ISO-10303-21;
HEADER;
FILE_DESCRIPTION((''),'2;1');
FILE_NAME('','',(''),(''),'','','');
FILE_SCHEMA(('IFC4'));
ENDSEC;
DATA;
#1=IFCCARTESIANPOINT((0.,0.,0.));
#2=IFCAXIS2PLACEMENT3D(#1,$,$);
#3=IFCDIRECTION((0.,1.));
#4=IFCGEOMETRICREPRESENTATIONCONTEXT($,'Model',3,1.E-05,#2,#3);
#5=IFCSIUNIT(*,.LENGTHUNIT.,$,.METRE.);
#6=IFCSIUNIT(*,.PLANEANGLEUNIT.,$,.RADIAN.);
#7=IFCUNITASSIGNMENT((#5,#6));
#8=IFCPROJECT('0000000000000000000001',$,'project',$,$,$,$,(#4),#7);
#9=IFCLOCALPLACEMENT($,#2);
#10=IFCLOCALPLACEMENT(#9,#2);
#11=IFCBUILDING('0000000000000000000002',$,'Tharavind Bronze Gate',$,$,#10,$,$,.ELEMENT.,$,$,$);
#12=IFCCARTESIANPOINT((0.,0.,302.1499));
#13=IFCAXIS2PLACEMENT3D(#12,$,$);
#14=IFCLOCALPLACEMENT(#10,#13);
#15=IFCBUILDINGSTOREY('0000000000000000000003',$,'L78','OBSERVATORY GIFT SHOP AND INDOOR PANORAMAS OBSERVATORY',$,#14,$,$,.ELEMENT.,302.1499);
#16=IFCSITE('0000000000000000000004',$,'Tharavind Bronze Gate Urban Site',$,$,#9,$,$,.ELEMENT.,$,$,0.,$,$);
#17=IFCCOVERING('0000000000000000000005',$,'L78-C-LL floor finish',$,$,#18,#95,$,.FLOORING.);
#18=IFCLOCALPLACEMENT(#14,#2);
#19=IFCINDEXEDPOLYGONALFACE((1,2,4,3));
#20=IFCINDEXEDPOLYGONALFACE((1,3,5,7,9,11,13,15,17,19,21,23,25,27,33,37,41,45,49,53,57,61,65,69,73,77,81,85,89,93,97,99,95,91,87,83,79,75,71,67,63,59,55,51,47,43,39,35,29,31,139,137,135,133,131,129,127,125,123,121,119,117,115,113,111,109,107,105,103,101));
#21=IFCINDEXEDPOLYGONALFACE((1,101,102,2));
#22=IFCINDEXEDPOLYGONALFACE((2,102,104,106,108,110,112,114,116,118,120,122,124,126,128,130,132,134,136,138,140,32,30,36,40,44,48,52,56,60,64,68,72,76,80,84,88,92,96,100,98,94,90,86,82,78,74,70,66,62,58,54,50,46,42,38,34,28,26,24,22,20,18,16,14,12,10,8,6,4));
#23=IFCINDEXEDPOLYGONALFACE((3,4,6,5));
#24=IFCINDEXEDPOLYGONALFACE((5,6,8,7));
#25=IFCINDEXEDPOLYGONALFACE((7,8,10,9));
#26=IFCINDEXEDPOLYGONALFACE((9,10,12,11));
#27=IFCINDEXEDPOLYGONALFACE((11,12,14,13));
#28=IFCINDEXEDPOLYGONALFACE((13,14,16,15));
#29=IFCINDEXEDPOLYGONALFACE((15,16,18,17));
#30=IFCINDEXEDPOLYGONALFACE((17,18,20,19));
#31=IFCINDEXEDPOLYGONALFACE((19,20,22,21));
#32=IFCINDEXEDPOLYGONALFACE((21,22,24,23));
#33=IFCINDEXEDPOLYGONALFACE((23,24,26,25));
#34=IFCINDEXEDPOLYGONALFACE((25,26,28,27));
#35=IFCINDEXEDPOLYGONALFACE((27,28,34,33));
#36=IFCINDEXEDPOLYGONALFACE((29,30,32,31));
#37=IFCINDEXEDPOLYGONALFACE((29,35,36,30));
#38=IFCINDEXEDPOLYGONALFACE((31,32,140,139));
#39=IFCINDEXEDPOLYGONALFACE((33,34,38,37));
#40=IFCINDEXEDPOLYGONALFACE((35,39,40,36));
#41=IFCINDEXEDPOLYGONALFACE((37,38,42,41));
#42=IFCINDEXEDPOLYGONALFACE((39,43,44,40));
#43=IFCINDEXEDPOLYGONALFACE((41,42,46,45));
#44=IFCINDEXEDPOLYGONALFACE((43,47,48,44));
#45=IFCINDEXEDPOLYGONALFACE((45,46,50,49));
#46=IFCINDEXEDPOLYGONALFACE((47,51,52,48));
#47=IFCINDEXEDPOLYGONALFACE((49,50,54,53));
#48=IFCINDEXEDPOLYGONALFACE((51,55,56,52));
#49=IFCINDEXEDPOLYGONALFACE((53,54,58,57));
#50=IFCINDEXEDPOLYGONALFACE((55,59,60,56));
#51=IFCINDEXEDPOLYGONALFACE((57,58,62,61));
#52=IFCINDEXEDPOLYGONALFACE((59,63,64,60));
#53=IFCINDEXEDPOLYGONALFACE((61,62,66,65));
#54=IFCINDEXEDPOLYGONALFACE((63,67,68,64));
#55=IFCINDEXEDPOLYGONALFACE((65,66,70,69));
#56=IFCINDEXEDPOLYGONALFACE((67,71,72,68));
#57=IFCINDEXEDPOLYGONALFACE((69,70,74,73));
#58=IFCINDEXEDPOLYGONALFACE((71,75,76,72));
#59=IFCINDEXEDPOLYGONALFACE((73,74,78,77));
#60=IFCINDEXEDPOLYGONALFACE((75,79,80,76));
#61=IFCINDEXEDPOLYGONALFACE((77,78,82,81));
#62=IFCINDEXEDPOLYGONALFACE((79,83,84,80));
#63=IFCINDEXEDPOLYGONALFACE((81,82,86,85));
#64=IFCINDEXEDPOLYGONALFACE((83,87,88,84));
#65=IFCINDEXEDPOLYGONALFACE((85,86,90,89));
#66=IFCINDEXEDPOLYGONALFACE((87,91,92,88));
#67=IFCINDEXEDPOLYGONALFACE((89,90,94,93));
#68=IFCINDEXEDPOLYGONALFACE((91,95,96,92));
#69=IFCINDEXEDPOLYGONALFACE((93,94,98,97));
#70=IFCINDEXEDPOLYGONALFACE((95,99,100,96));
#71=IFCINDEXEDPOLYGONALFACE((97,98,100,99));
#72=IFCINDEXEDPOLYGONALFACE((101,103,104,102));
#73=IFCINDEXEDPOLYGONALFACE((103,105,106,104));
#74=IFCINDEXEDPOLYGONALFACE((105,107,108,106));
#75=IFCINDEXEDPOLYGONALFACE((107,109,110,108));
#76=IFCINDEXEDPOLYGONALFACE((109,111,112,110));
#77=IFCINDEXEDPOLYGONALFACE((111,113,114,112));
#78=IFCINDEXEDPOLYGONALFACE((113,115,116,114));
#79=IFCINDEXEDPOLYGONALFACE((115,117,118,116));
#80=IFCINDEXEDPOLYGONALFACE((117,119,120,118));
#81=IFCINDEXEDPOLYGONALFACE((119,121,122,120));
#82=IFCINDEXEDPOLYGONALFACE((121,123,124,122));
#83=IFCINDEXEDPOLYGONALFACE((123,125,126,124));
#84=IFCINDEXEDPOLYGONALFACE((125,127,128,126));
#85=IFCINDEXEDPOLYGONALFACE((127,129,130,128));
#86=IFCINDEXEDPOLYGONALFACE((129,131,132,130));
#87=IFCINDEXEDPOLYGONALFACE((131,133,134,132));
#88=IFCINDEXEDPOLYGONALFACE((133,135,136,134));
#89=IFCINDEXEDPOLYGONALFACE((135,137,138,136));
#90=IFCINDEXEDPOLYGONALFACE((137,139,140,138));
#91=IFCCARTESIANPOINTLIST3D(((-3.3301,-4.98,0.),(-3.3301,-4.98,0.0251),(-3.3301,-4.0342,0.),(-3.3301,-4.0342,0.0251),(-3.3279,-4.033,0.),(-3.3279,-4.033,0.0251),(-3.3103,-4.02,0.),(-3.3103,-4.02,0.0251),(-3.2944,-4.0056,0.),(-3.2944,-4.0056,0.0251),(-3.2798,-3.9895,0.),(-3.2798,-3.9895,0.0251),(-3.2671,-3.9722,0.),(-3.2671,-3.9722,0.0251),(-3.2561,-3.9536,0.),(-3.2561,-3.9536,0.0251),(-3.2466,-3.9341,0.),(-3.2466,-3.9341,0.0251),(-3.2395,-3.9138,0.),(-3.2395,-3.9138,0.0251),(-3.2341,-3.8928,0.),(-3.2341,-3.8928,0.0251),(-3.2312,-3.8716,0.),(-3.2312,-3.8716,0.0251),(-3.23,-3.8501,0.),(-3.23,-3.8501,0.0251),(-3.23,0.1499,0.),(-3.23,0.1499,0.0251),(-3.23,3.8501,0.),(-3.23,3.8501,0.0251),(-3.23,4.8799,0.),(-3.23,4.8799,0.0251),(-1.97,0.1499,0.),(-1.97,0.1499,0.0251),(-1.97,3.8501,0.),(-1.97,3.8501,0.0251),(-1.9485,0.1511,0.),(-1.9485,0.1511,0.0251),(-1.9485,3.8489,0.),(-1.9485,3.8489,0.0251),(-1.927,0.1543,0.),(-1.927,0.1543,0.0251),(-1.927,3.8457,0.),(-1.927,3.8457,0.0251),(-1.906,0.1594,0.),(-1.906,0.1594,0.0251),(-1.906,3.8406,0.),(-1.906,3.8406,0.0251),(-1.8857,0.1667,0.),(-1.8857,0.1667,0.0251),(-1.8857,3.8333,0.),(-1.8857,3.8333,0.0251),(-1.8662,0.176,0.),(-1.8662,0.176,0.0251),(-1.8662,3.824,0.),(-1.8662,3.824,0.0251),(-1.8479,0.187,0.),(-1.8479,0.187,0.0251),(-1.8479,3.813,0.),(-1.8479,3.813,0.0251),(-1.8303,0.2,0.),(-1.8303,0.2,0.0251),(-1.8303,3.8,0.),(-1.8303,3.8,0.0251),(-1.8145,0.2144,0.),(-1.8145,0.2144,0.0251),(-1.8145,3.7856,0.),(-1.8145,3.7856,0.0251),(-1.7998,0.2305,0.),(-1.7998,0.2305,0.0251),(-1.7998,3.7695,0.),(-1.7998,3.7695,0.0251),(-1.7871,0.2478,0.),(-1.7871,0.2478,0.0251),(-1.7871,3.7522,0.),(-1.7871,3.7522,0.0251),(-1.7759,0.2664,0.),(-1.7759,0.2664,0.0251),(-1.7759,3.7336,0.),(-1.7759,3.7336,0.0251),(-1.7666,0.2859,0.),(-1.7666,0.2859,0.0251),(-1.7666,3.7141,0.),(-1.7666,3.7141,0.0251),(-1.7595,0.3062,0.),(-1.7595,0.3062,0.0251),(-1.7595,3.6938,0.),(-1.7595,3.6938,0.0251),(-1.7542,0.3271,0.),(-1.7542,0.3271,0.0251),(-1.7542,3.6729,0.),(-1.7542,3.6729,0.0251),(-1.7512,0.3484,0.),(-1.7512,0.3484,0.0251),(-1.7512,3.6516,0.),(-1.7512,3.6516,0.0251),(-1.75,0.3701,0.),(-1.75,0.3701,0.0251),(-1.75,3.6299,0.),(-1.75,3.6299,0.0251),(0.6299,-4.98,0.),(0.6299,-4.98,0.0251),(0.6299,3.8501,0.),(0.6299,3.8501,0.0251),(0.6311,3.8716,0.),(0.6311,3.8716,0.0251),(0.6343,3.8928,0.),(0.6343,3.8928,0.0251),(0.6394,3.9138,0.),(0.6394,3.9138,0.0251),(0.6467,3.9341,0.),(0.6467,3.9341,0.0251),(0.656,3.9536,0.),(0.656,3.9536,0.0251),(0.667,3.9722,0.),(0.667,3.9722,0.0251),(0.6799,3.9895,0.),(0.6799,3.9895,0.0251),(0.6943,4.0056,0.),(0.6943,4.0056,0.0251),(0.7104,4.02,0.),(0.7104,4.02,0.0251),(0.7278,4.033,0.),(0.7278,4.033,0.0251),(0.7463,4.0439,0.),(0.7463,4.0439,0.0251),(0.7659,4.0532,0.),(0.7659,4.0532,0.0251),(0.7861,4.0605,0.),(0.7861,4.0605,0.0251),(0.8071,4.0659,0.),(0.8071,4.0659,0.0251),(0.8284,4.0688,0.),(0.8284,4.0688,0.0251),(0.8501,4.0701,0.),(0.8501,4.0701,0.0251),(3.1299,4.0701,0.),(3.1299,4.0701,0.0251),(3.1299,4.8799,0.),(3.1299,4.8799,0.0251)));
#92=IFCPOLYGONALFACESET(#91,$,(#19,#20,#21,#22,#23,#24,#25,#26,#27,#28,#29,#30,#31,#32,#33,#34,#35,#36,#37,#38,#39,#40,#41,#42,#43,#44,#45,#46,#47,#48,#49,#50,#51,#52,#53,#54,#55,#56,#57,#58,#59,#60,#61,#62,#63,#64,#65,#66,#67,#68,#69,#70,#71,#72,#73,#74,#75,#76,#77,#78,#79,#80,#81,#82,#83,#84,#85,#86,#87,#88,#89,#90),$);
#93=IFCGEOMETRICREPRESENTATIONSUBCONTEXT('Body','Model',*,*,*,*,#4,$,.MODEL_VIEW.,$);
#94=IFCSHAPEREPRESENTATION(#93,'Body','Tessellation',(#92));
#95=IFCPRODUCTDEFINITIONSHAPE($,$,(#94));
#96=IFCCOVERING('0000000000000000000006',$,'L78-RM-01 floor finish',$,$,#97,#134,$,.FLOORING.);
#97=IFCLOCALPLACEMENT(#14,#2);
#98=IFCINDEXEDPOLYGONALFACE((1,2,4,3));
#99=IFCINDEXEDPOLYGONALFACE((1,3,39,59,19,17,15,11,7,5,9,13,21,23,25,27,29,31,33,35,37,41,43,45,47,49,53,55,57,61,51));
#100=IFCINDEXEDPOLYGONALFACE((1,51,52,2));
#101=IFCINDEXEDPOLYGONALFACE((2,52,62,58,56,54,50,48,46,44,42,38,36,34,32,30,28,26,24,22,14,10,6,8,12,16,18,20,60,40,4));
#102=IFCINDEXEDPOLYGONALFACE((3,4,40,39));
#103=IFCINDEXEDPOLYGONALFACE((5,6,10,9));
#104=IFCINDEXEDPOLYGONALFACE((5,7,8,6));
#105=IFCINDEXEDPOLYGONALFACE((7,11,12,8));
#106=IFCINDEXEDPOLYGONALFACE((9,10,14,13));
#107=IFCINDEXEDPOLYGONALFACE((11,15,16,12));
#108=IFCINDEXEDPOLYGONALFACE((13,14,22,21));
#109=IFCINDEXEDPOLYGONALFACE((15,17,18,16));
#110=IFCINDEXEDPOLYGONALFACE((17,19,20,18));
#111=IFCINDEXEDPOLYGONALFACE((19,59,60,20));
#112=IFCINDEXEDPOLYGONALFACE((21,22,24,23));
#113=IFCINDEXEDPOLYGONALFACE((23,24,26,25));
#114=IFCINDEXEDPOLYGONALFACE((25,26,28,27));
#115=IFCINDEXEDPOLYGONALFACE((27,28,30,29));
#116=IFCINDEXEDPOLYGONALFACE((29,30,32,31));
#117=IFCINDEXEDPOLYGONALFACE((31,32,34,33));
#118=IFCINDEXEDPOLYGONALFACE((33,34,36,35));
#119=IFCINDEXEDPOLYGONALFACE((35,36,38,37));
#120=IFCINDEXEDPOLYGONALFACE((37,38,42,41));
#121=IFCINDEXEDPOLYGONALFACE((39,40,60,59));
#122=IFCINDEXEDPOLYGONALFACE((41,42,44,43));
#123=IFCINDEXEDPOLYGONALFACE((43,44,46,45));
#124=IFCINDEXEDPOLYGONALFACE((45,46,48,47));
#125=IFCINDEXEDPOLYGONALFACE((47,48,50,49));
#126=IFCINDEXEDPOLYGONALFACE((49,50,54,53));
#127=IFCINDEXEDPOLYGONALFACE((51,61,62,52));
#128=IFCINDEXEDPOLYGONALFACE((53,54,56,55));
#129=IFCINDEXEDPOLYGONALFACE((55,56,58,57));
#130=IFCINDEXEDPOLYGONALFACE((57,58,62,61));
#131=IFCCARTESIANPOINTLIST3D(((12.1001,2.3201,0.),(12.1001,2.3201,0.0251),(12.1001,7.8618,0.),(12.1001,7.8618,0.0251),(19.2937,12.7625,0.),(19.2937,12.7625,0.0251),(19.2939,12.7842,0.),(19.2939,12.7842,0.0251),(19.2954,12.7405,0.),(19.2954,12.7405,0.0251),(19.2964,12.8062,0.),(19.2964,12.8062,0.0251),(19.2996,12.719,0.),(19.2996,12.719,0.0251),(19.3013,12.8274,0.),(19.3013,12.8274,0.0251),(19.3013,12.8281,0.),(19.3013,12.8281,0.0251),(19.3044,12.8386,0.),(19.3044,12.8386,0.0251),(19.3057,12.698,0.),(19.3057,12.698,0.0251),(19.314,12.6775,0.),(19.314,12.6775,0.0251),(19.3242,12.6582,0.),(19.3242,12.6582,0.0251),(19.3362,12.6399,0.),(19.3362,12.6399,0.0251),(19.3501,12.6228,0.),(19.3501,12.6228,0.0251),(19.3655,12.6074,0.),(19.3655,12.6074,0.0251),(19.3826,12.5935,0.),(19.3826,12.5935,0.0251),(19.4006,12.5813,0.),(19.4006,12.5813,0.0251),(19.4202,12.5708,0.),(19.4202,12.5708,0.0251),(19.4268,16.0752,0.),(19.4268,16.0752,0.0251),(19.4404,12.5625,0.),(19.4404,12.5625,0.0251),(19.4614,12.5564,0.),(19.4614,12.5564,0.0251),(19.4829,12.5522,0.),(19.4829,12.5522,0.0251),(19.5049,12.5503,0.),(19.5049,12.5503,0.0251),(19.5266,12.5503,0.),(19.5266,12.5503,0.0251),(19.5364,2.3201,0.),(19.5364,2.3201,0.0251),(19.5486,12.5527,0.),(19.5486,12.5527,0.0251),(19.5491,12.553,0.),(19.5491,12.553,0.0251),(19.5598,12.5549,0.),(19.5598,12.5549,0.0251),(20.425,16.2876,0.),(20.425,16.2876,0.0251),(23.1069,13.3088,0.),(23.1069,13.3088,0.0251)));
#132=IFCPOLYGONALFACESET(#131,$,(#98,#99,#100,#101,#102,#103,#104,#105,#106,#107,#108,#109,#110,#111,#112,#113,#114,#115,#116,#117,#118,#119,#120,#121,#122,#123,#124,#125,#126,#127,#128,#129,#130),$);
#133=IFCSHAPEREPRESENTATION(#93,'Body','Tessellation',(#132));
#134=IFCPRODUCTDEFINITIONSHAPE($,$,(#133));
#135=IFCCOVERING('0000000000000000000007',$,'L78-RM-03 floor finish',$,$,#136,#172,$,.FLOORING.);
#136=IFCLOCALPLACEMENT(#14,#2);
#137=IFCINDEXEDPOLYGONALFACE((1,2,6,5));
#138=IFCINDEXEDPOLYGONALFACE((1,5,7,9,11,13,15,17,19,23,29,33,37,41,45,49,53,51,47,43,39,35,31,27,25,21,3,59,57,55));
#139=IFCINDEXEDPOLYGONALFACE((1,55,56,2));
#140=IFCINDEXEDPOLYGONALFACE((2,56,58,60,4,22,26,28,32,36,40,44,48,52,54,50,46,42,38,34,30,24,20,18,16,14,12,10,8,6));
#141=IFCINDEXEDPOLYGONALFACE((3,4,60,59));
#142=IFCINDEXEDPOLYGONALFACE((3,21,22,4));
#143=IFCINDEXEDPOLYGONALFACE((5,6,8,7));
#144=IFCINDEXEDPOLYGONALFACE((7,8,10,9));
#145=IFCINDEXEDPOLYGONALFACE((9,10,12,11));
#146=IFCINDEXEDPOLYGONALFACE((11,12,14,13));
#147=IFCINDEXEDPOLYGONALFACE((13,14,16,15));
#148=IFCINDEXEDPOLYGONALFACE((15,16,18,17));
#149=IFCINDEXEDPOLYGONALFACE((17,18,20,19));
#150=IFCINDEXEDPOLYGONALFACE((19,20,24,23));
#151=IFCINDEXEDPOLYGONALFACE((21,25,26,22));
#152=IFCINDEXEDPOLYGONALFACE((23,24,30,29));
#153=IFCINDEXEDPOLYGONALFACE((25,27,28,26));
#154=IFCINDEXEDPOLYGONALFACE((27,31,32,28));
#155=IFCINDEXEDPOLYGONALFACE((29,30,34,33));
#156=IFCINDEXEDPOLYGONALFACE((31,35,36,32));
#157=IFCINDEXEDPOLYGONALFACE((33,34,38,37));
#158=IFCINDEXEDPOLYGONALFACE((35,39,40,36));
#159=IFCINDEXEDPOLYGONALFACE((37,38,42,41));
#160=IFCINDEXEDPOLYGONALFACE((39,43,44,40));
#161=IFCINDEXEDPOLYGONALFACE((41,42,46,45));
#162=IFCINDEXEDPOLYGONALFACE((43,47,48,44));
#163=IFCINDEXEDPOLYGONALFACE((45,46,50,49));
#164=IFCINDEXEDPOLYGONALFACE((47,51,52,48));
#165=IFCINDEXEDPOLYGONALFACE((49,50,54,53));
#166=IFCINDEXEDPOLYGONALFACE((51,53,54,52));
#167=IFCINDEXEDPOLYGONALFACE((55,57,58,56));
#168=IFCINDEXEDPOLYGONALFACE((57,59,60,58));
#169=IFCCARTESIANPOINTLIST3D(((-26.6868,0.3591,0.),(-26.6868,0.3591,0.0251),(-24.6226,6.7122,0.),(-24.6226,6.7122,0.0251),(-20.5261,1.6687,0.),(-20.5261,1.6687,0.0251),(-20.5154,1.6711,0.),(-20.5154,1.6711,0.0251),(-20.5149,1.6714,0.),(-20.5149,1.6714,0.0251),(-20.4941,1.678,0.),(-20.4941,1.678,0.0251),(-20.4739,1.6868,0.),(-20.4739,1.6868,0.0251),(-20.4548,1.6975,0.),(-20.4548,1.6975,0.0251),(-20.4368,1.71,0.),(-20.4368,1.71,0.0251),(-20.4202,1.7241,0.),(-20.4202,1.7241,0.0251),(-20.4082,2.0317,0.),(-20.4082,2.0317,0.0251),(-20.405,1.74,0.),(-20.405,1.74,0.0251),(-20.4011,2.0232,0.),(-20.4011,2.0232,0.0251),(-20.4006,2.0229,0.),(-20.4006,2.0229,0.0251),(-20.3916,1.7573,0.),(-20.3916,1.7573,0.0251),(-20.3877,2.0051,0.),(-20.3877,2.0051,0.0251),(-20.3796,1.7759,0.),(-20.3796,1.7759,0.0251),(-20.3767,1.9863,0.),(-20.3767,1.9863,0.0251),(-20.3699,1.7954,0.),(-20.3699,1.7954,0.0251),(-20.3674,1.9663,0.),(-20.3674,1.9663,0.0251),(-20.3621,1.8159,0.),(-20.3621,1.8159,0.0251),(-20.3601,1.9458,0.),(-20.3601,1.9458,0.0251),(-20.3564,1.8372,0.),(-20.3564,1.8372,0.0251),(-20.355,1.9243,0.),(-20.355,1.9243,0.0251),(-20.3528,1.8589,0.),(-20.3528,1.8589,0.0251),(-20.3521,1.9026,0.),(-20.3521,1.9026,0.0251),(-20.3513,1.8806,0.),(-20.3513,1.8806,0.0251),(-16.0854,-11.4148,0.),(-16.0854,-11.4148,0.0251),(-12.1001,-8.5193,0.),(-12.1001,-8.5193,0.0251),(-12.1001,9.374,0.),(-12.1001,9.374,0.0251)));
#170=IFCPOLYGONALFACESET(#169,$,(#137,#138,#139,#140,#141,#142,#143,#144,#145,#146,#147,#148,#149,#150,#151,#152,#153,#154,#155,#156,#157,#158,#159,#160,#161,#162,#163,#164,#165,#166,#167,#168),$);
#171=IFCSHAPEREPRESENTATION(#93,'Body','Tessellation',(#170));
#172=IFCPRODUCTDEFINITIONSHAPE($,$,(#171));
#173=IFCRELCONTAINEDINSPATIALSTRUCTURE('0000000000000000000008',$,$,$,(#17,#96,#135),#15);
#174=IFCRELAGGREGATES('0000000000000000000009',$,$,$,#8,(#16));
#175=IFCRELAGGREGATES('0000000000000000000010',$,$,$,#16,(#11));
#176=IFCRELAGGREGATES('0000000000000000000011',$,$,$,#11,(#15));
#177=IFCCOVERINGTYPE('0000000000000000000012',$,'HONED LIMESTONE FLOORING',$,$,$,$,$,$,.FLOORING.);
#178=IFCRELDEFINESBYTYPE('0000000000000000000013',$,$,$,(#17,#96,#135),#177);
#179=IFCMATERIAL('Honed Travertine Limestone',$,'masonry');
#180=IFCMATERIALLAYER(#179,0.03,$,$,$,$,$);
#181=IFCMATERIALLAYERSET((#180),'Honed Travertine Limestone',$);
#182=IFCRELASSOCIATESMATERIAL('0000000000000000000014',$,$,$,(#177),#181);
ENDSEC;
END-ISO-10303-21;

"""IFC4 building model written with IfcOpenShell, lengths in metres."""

from ifc_helpers import new_model, si_unit, direction, frame, origin, place, context, subcontext, project, spatial, polyline, outline, extrude, material, layer, layer_set, type_object, element, save


model = new_model("IFC4")

# Units and contexts
model_context = context("Model", 3, precision=1e-05, world=origin(), true_north=direction((0.0, 1.0)))
body_context = subcontext(model_context, "Body", "Model", "MODEL_VIEW")
ifc_project = project(units=[si_unit("LENGTHUNIT", "METRE"), si_unit("PLANEANGLEUNIT", "RADIAN")], contexts=[model_context])

# Site, building, storey
site_placement = place(None, origin())
site = spatial("IfcSite", under=ifc_project, at=site_placement, Name="Tharavind Bronze Gate Urban Site", CompositionType="ELEMENT", RefElevation=0.0)
building_placement = place(site_placement, origin())
building = spatial("IfcBuilding", under=site, at=building_placement, Name="Tharavind Bronze Gate", CompositionType="ELEMENT")
storey_placement = place(building_placement, frame((0.0, 0.0, 302.1499)))
storey = spatial("IfcBuildingStorey", under=building, at=storey_placement, Name="L78", Description="OBSERVATORY GIFT SHOP AND INDOOR PANORAMAS OBSERVATORY", CompositionType="ELEMENT", Elevation=302.1499)

# Coverings
ifc_material_1 = material(Name="Honed Travertine Limestone", Category="masonry")
ifc_layer_1 = layer(ifc_material_1, 0.03)
ifc_layer_set_1 = layer_set([ifc_layer_1], Name="Honed Travertine Limestone")
covering_type_1 = type_object("IfcCoveringType", Name="HONED LIMESTONE FLOORING", PredefinedType="FLOORING", material=ifc_layer_set_1)
covering_1_placement = place(storey_placement, origin())
element("IfcCovering", 1, at=covering_1_placement, inside=storey, type_object=covering_type_1, Name="L78-C-LL floor finish", PredefinedType="FLOORING", context=body_context, shape_type="SweptSolid", body=[
    extrude(outline(polyline([(-3.3301, -4.98), (0.6299, -4.98), (0.6299, 3.8501), (0.6311, 3.8716), (0.6343, 3.8928), (0.6394, 3.9138), (0.6467, 3.9341), (0.656, 3.9536), (0.667, 3.9722), (0.6799, 3.9895), (0.6943, 4.0056), (0.7104, 4.02), (0.7278, 4.033), (0.7463, 4.0439), (0.7659, 4.0532), (0.7861, 4.0605), (0.8071, 4.0659), (0.8284, 4.0688), (0.8501, 4.0701), (3.1299, 4.0701), (3.1299, 4.8799), (-3.23, 4.8799), (-3.23, 3.8501), (-1.97, 3.8501), (-1.9485, 3.8489), (-1.927, 3.8457), (-1.906, 3.8406), (-1.8857, 3.8333), (-1.8662, 3.824), (-1.8479, 3.813), (-1.8303, 3.8), (-1.8145, 3.7856), (-1.7998, 3.7695), (-1.7871, 3.7522), (-1.7759, 3.7336), (-1.7666, 3.7141), (-1.7595, 3.6938), (-1.7542, 3.6729), (-1.7512, 3.6516), (-1.75, 3.6299), (-1.75, 0.3701), (-1.7512, 0.3484), (-1.7542, 0.3271), (-1.7595, 0.3062), (-1.7666, 0.2859), (-1.7759, 0.2664), (-1.7871, 0.2478), (-1.7998, 0.2305), (-1.8145, 0.2144), (-1.8303, 0.2), (-1.8479, 0.187), (-1.8662, 0.176), (-1.8857, 0.1667), (-1.906, 0.1594), (-1.927, 0.1543), (-1.9485, 0.1511), (-1.97, 0.1499), (-3.23, 0.1499), (-3.23, -3.8501), (-3.2312, -3.8716), (-3.2341, -3.8928), (-3.2395, -3.9138), (-3.2466, -3.9341), (-3.2561, -3.9536), (-3.2671, -3.9722), (-3.2798, -3.9895), (-3.2944, -4.0056), (-3.3103, -4.02), (-3.3279, -4.033), (-3.3301, -4.0342), (-3.3301, -4.98)])), origin(), (0.0, 0.0, 1.0), 0.0251),
])
covering_2_placement = place(storey_placement, origin())
element("IfcCovering", 2, at=covering_2_placement, inside=storey, type_object=covering_type_1, Name="L78-RM-01 floor finish", PredefinedType="FLOORING", context=body_context, shape_type="SweptSolid", body=[
    extrude(outline(polyline([(19.5364, 2.3201), (23.1069, 13.3088), (19.5598, 12.5549), (19.5491, 12.553), (19.5486, 12.5527), (19.5266, 12.5503), (19.5049, 12.5503), (19.4829, 12.5522), (19.4614, 12.5564), (19.4404, 12.5625), (19.4202, 12.5708), (19.4006, 12.5813), (19.3826, 12.5935), (19.3655, 12.6074), (19.3501, 12.6228), (19.3362, 12.6399), (19.3242, 12.6582), (19.314, 12.6775), (19.3057, 12.698), (19.2996, 12.719), (19.2954, 12.7405), (19.2937, 12.7625), (19.2939, 12.7842), (19.2964, 12.8062), (19.3013, 12.8274), (19.3013, 12.8281), (19.3044, 12.8386), (20.425, 16.2876), (19.4268, 16.0752), (12.1001, 7.8618), (12.1001, 2.3201), (19.5364, 2.3201)])), origin(), (0.0, 0.0, 1.0), 0.0251),
])
covering_3_placement = place(storey_placement, origin())
element("IfcCovering", 3, at=covering_3_placement, inside=storey, type_object=covering_type_1, Name="L78-RM-03 floor finish", PredefinedType="FLOORING", context=body_context, shape_type="SweptSolid", body=[
    extrude(outline(polyline([(-16.0854, -11.4148), (-12.1001, -8.5193), (-12.1001, 9.374), (-24.6226, 6.7122), (-20.4082, 2.0317), (-20.4011, 2.0232), (-20.4006, 2.0229), (-20.3877, 2.0051), (-20.3767, 1.9863), (-20.3674, 1.9663), (-20.3601, 1.9458), (-20.355, 1.9243), (-20.3521, 1.9026), (-20.3513, 1.8806), (-20.3528, 1.8589), (-20.3564, 1.8372), (-20.3621, 1.8159), (-20.3699, 1.7954), (-20.3796, 1.7759), (-20.3916, 1.7573), (-20.405, 1.74), (-20.4202, 1.7241), (-20.4368, 1.71), (-20.4548, 1.6975), (-20.4739, 1.6868), (-20.4941, 1.678), (-20.5149, 1.6714), (-20.5154, 1.6711), (-20.5261, 1.6687), (-26.6868, 0.3591), (-16.0854, -11.4148)])), origin(), (0.0, 0.0, 1.0), 0.0251),
])

save(model, "model.ifc")
